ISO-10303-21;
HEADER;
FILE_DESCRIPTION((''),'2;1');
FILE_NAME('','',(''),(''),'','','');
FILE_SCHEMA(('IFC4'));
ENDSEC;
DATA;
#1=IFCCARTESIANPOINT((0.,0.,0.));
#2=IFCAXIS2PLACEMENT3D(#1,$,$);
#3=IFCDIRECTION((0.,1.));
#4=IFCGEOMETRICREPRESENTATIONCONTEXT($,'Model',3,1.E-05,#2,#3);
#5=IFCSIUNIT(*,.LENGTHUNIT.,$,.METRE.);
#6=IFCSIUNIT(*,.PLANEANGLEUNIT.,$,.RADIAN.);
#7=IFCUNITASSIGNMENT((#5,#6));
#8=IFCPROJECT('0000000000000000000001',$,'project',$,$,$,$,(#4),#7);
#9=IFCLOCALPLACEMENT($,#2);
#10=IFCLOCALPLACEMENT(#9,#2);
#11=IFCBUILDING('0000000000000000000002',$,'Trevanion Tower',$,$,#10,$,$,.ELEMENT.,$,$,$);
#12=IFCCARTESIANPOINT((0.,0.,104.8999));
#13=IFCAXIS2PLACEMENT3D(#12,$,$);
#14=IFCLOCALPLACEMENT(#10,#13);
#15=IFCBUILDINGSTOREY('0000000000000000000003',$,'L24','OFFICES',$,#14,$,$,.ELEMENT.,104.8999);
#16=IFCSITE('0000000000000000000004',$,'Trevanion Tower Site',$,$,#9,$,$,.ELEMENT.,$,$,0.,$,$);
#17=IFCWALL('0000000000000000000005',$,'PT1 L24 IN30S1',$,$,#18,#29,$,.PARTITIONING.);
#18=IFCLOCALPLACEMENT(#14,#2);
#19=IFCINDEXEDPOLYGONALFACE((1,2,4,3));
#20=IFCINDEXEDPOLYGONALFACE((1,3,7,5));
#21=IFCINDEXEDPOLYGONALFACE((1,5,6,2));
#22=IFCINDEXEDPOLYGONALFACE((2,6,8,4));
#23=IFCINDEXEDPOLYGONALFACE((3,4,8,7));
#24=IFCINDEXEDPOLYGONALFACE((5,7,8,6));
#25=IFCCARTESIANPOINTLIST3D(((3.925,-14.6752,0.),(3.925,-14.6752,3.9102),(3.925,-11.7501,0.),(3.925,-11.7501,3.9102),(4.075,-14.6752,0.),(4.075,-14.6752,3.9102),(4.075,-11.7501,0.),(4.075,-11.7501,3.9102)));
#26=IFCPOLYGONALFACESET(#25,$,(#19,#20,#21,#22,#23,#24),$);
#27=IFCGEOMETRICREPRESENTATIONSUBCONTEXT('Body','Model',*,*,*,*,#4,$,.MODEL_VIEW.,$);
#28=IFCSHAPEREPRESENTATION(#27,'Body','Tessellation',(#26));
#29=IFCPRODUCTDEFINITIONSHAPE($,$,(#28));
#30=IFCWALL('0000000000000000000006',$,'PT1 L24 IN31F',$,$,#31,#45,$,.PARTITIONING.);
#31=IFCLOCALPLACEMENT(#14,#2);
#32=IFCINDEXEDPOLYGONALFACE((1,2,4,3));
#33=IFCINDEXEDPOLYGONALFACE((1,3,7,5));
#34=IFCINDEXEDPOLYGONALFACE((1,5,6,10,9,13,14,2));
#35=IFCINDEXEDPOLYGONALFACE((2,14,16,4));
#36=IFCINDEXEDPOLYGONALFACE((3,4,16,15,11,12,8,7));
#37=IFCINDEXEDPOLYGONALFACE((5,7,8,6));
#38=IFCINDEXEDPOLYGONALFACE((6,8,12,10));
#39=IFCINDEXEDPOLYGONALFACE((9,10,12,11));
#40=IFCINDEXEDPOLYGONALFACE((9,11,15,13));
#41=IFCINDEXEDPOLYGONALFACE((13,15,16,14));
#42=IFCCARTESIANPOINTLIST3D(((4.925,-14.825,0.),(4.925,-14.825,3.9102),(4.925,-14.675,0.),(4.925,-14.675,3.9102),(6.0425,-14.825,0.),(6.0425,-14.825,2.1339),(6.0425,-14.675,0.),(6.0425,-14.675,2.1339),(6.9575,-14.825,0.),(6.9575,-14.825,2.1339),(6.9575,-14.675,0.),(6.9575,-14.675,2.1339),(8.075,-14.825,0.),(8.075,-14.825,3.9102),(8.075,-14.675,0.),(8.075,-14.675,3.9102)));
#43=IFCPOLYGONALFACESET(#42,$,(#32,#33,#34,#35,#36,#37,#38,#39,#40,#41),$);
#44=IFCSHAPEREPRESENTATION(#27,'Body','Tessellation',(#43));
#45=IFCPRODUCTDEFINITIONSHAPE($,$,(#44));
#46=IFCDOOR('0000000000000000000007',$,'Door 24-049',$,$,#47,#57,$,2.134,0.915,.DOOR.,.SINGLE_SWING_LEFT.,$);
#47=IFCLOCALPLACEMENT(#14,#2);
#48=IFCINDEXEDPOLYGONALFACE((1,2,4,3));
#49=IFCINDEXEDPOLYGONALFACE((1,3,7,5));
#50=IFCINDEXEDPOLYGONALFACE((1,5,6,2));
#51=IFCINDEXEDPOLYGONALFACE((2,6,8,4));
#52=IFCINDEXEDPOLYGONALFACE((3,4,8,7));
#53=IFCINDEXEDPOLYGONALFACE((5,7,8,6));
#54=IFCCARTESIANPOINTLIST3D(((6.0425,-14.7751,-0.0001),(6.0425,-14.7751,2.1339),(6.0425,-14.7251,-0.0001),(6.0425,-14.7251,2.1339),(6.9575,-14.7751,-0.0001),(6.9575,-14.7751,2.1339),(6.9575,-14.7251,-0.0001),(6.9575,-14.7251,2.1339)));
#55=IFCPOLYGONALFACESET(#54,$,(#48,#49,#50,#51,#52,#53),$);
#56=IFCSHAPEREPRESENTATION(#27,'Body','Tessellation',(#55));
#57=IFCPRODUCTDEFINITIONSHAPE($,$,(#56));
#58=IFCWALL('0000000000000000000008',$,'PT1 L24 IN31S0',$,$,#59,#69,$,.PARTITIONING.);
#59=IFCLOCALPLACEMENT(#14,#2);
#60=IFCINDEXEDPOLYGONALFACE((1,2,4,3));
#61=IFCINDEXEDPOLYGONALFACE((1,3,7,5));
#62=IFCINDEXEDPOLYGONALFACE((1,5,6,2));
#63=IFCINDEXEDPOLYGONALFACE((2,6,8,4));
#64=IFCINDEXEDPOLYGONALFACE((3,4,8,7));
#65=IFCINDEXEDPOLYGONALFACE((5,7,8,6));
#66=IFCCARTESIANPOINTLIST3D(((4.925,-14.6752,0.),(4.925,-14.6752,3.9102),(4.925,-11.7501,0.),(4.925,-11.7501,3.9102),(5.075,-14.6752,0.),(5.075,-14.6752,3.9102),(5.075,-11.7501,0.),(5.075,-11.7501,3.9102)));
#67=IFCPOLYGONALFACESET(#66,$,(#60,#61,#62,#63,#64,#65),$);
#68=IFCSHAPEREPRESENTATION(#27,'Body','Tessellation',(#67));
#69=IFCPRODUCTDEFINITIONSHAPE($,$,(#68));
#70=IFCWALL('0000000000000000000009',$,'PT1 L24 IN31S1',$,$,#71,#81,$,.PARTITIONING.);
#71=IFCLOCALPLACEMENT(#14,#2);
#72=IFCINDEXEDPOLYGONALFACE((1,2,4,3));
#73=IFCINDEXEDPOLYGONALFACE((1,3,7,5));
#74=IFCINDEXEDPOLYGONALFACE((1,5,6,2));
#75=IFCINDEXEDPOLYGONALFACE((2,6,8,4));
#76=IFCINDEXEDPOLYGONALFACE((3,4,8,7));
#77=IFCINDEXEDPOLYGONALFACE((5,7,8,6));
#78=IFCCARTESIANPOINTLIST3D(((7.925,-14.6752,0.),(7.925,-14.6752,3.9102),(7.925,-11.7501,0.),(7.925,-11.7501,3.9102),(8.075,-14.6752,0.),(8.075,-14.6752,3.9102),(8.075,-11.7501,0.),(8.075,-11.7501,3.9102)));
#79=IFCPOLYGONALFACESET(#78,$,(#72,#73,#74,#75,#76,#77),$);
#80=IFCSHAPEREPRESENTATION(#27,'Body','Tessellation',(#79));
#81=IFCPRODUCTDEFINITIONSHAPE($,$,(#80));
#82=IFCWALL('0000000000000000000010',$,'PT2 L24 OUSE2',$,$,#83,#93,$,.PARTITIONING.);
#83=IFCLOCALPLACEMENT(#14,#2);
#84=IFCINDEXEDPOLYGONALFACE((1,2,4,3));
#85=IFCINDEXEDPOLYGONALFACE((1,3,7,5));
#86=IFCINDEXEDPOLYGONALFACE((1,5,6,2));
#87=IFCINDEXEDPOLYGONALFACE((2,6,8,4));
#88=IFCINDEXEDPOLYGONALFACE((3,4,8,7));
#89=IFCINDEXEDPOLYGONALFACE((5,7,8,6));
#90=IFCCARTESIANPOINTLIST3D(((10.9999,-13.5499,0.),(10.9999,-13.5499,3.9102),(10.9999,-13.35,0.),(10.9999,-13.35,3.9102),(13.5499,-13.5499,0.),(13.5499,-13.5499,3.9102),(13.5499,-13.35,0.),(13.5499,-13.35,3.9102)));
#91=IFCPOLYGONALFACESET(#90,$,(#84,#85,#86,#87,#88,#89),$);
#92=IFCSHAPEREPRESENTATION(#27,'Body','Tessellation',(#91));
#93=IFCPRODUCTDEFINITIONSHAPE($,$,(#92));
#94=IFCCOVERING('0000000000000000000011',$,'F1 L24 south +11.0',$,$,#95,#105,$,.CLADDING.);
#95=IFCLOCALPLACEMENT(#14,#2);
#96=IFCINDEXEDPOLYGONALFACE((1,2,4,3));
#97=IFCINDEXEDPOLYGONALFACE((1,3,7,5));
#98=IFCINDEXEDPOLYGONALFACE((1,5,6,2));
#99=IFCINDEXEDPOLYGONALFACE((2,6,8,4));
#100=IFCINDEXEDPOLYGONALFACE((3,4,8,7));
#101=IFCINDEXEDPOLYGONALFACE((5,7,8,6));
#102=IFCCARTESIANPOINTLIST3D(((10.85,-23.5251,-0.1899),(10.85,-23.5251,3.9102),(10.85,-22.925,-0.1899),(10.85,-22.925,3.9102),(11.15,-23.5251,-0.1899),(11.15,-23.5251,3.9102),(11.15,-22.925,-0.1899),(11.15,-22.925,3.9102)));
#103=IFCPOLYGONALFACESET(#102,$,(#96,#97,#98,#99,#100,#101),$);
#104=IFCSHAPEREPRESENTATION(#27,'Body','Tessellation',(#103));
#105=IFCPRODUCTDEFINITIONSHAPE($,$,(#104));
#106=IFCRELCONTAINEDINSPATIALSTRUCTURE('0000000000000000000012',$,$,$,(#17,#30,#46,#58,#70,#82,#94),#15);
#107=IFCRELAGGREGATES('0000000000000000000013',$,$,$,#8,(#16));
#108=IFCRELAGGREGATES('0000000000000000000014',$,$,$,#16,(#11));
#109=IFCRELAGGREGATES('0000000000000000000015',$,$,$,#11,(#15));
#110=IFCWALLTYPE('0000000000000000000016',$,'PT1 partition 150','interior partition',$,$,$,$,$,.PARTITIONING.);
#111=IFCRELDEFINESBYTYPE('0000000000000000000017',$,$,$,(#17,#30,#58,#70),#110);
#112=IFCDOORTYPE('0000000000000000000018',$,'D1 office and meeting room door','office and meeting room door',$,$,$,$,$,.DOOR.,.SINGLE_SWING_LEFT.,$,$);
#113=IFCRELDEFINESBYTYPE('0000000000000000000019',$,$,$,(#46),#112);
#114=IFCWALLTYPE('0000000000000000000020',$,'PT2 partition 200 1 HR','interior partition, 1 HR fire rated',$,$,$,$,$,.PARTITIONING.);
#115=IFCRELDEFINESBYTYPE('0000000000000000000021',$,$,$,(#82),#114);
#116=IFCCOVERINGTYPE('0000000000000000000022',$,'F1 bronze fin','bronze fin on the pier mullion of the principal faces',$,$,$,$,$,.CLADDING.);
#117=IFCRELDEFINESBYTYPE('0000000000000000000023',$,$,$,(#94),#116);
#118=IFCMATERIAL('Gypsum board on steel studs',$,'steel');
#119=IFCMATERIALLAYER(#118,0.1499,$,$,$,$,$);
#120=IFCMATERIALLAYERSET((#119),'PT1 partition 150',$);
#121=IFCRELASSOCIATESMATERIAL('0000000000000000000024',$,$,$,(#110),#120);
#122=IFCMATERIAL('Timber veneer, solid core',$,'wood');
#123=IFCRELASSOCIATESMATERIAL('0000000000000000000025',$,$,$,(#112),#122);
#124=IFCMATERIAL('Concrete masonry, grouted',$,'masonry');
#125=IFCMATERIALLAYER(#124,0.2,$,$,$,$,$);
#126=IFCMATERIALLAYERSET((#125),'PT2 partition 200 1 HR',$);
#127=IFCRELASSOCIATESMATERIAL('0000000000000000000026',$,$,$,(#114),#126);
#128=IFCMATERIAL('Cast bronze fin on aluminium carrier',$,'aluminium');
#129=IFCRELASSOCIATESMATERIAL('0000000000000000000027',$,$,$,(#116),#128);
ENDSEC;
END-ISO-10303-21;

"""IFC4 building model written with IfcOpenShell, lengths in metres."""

from ifc_helpers import new_model, si_unit, direction, frame, frame_2d, origin, origin_2d, place, context, subcontext, project, spatial, rectangle, extrude, material, layer, layer_set, type_object, element, fill, save


model = new_model("IFC4")

# Units and contexts
model_context = context("Model", 3, precision=1e-05, world=origin(), true_north=direction((0.0, 1.0)))
body_context = subcontext(model_context, "Body", "Model", "MODEL_VIEW")
ifc_project = project(units=[si_unit("LENGTHUNIT", "METRE"), si_unit("PLANEANGLEUNIT", "RADIAN")], contexts=[model_context])

# Site, building, storey
site_placement = place(None, origin())
site = spatial("IfcSite", under=ifc_project, at=site_placement, Name="Trevanion Tower Site", CompositionType="ELEMENT", RefElevation=0.0)
building_placement = place(site_placement, origin())
building = spatial("IfcBuilding", under=site, at=building_placement, Name="Trevanion Tower", CompositionType="ELEMENT")
storey_placement = place(building_placement, frame((0.0, 0.0, 104.8999)))
storey = spatial("IfcBuildingStorey", under=building, at=storey_placement, Name="L24", Description="OFFICES", CompositionType="ELEMENT", Elevation=104.8999)

# Shared definitions
ifc_material_1 = material(Name="Gypsum board on steel studs", Category="steel")
ifc_layer_1 = layer(ifc_material_1, 0.1499)
ifc_layer_set_1 = layer_set([ifc_layer_1], Name="PT1 partition 150")
wall_type_1 = type_object("IfcWallType", Name="PT1 partition 150", Description="interior partition", PredefinedType="PARTITIONING", material=ifc_layer_set_1)

# Shared definitions
ifc_material_2 = material(Name="Timber veneer, solid core", Category="wood")
door_type = type_object("IfcDoorType", Name="D1 office and meeting room door", Description="office and meeting room door", OperationType="SINGLE_SWING_LEFT", PredefinedType="DOOR", material=ifc_material_2)

# Wall
for number, where, z_axis, x_axis, name in (
    (1, (4.0, -14.675, 0.0), (0.0, 0.0, 1.0), (0.0, 1.0, 0.0), "PT1 L24 IN30S1"),
):
    element("IfcWall", number, at=place(storey_placement, frame(where, z_axis=z_axis, x_axis=x_axis)), inside=storey, type_object=wall_type_1, Name=name, PredefinedType="PARTITIONING", context=body_context, shape_type="SweptSolid", body=[
        extrude(rectangle(XDim=2.925, YDim=0.1499, at=frame_2d((1.4624, 0.0))), origin(), (0.0, 0.0, 1.0), 3.9102),
    ])

# Wall, opening, door
wall_1_placement = place(storey_placement, frame((4.925, -14.75, 0.0), z_axis=(0.0, 0.0, 1.0), x_axis=(1.0, 0.0, 0.0)))
wall_1 = element("IfcWall", 2, at=wall_1_placement, inside=storey, type_object=wall_type_1, Name="PT1 L24 IN31F", PredefinedType="PARTITIONING", context=body_context, shape_type="SweptSolid", body=[
    extrude(rectangle(XDim=3.1499, YDim=0.1499, at=frame_2d((1.575, 0.0))), origin(), (0.0, 0.0, 1.0), 3.9102),
])
opening_1_placement = place(wall_1_placement, frame((1.1174, 0.0, 0.0)))
opening_1 = element("IfcOpeningElement", 3, at=opening_1_placement, cuts=wall_1, PredefinedType="OPENING", context=body_context, shape_type="SweptSolid", body=[
    extrude(rectangle(XDim=0.915, YDim=2.134, at=frame_2d((0.4575, 1.0669))), frame((0.0, 0.085, 0.0), z_axis=(0.0, -1.0, 0.0), x_axis=(1.0, 0.0, 0.0)), (0.0, 0.0, 1.0), 0.1699),
])
door_1_placement = place(opening_1_placement, origin())
door_1 = element("IfcDoor", 4, at=door_1_placement, inside=storey, type_object=door_type, Name="Door 24-049", OperationType="SINGLE_SWING_LEFT", OverallHeight=2.134, OverallWidth=0.915, PredefinedType="DOOR", context=body_context, shape_type="SweptSolid", body=[
    extrude(rectangle(XDim=0.915, YDim=2.134, at=frame_2d((0.4575, 1.0669))), frame((0.0, 0.0249, 0.0), z_axis=(0.0, -1.0, 0.0), x_axis=(1.0, 0.0, 0.0)), (0.0, 0.0, 1.0), 0.05),
])
fill(opening_1, door_1)

# Walls
for number, where, z_axis, x_axis, name in (
    (5, (5.0, -14.675, 0.0), (0.0, 0.0, 1.0), (0.0, 1.0, 0.0), "PT1 L24 IN31S0"),
    (6, (8.0, -14.675, 0.0), (0.0, 0.0, 1.0), (0.0, 1.0, 0.0), "PT1 L24 IN31S1"),
):
    element("IfcWall", number, at=place(storey_placement, frame(where, z_axis=z_axis, x_axis=x_axis)), inside=storey, type_object=wall_type_1, Name=name, PredefinedType="PARTITIONING", context=body_context, shape_type="SweptSolid", body=[
        extrude(rectangle(XDim=2.925, YDim=0.1499, at=frame_2d((1.4624, 0.0))), origin(), (0.0, 0.0, 1.0), 3.9102),
    ])
ifc_material_3 = material(Name="Concrete masonry, grouted", Category="masonry")
ifc_layer_2 = layer(ifc_material_3, 0.2)
ifc_layer_set_2 = layer_set([ifc_layer_2], Name="PT2 partition 200 1 HR")
wall_type_2 = type_object("IfcWallType", Name="PT2 partition 200 1 HR", Description="interior partition, 1 HR fire rated", PredefinedType="PARTITIONING", material=ifc_layer_set_2)
wall_2_placement = place(storey_placement, frame((11.0, -13.45, 0.0), z_axis=(0.0, 0.0, 1.0), x_axis=(1.0, 0.0, 0.0)))
element("IfcWall", 7, at=wall_2_placement, inside=storey, type_object=wall_type_2, Name="PT2 L24 OUSE2", PredefinedType="PARTITIONING", context=body_context, shape_type="SweptSolid", body=[
    extrude(rectangle(XDim=2.55, YDim=0.2, at=frame_2d((1.2749, 0.0))), origin(), (0.0, 0.0, 1.0), 3.9102),
])

# Covering
ifc_material_4 = material(Name="Cast bronze fin on aluminium carrier", Category="aluminium")
covering_type = type_object("IfcCoveringType", Name="F1 bronze fin", Description="bronze fin on the pier mullion of the principal faces", PredefinedType="CLADDING", material=ifc_material_4)
covering_placement = place(storey_placement, frame((11.0, -23.2251, -0.1899), z_axis=(0.0, 0.0, 1.0), x_axis=(1.0, 0.0, 0.0)))
element("IfcCovering", 8, at=covering_placement, inside=storey, type_object=covering_type, Name="F1 L24 south +11.0", PredefinedType="CLADDING", context=body_context, shape_type="SweptSolid", body=[
    extrude(rectangle(XDim=0.3, YDim=0.6001, at=origin_2d()), origin(), (0.0, 0.0, 1.0), 4.1001),
])

save(model, "model.ifc")
